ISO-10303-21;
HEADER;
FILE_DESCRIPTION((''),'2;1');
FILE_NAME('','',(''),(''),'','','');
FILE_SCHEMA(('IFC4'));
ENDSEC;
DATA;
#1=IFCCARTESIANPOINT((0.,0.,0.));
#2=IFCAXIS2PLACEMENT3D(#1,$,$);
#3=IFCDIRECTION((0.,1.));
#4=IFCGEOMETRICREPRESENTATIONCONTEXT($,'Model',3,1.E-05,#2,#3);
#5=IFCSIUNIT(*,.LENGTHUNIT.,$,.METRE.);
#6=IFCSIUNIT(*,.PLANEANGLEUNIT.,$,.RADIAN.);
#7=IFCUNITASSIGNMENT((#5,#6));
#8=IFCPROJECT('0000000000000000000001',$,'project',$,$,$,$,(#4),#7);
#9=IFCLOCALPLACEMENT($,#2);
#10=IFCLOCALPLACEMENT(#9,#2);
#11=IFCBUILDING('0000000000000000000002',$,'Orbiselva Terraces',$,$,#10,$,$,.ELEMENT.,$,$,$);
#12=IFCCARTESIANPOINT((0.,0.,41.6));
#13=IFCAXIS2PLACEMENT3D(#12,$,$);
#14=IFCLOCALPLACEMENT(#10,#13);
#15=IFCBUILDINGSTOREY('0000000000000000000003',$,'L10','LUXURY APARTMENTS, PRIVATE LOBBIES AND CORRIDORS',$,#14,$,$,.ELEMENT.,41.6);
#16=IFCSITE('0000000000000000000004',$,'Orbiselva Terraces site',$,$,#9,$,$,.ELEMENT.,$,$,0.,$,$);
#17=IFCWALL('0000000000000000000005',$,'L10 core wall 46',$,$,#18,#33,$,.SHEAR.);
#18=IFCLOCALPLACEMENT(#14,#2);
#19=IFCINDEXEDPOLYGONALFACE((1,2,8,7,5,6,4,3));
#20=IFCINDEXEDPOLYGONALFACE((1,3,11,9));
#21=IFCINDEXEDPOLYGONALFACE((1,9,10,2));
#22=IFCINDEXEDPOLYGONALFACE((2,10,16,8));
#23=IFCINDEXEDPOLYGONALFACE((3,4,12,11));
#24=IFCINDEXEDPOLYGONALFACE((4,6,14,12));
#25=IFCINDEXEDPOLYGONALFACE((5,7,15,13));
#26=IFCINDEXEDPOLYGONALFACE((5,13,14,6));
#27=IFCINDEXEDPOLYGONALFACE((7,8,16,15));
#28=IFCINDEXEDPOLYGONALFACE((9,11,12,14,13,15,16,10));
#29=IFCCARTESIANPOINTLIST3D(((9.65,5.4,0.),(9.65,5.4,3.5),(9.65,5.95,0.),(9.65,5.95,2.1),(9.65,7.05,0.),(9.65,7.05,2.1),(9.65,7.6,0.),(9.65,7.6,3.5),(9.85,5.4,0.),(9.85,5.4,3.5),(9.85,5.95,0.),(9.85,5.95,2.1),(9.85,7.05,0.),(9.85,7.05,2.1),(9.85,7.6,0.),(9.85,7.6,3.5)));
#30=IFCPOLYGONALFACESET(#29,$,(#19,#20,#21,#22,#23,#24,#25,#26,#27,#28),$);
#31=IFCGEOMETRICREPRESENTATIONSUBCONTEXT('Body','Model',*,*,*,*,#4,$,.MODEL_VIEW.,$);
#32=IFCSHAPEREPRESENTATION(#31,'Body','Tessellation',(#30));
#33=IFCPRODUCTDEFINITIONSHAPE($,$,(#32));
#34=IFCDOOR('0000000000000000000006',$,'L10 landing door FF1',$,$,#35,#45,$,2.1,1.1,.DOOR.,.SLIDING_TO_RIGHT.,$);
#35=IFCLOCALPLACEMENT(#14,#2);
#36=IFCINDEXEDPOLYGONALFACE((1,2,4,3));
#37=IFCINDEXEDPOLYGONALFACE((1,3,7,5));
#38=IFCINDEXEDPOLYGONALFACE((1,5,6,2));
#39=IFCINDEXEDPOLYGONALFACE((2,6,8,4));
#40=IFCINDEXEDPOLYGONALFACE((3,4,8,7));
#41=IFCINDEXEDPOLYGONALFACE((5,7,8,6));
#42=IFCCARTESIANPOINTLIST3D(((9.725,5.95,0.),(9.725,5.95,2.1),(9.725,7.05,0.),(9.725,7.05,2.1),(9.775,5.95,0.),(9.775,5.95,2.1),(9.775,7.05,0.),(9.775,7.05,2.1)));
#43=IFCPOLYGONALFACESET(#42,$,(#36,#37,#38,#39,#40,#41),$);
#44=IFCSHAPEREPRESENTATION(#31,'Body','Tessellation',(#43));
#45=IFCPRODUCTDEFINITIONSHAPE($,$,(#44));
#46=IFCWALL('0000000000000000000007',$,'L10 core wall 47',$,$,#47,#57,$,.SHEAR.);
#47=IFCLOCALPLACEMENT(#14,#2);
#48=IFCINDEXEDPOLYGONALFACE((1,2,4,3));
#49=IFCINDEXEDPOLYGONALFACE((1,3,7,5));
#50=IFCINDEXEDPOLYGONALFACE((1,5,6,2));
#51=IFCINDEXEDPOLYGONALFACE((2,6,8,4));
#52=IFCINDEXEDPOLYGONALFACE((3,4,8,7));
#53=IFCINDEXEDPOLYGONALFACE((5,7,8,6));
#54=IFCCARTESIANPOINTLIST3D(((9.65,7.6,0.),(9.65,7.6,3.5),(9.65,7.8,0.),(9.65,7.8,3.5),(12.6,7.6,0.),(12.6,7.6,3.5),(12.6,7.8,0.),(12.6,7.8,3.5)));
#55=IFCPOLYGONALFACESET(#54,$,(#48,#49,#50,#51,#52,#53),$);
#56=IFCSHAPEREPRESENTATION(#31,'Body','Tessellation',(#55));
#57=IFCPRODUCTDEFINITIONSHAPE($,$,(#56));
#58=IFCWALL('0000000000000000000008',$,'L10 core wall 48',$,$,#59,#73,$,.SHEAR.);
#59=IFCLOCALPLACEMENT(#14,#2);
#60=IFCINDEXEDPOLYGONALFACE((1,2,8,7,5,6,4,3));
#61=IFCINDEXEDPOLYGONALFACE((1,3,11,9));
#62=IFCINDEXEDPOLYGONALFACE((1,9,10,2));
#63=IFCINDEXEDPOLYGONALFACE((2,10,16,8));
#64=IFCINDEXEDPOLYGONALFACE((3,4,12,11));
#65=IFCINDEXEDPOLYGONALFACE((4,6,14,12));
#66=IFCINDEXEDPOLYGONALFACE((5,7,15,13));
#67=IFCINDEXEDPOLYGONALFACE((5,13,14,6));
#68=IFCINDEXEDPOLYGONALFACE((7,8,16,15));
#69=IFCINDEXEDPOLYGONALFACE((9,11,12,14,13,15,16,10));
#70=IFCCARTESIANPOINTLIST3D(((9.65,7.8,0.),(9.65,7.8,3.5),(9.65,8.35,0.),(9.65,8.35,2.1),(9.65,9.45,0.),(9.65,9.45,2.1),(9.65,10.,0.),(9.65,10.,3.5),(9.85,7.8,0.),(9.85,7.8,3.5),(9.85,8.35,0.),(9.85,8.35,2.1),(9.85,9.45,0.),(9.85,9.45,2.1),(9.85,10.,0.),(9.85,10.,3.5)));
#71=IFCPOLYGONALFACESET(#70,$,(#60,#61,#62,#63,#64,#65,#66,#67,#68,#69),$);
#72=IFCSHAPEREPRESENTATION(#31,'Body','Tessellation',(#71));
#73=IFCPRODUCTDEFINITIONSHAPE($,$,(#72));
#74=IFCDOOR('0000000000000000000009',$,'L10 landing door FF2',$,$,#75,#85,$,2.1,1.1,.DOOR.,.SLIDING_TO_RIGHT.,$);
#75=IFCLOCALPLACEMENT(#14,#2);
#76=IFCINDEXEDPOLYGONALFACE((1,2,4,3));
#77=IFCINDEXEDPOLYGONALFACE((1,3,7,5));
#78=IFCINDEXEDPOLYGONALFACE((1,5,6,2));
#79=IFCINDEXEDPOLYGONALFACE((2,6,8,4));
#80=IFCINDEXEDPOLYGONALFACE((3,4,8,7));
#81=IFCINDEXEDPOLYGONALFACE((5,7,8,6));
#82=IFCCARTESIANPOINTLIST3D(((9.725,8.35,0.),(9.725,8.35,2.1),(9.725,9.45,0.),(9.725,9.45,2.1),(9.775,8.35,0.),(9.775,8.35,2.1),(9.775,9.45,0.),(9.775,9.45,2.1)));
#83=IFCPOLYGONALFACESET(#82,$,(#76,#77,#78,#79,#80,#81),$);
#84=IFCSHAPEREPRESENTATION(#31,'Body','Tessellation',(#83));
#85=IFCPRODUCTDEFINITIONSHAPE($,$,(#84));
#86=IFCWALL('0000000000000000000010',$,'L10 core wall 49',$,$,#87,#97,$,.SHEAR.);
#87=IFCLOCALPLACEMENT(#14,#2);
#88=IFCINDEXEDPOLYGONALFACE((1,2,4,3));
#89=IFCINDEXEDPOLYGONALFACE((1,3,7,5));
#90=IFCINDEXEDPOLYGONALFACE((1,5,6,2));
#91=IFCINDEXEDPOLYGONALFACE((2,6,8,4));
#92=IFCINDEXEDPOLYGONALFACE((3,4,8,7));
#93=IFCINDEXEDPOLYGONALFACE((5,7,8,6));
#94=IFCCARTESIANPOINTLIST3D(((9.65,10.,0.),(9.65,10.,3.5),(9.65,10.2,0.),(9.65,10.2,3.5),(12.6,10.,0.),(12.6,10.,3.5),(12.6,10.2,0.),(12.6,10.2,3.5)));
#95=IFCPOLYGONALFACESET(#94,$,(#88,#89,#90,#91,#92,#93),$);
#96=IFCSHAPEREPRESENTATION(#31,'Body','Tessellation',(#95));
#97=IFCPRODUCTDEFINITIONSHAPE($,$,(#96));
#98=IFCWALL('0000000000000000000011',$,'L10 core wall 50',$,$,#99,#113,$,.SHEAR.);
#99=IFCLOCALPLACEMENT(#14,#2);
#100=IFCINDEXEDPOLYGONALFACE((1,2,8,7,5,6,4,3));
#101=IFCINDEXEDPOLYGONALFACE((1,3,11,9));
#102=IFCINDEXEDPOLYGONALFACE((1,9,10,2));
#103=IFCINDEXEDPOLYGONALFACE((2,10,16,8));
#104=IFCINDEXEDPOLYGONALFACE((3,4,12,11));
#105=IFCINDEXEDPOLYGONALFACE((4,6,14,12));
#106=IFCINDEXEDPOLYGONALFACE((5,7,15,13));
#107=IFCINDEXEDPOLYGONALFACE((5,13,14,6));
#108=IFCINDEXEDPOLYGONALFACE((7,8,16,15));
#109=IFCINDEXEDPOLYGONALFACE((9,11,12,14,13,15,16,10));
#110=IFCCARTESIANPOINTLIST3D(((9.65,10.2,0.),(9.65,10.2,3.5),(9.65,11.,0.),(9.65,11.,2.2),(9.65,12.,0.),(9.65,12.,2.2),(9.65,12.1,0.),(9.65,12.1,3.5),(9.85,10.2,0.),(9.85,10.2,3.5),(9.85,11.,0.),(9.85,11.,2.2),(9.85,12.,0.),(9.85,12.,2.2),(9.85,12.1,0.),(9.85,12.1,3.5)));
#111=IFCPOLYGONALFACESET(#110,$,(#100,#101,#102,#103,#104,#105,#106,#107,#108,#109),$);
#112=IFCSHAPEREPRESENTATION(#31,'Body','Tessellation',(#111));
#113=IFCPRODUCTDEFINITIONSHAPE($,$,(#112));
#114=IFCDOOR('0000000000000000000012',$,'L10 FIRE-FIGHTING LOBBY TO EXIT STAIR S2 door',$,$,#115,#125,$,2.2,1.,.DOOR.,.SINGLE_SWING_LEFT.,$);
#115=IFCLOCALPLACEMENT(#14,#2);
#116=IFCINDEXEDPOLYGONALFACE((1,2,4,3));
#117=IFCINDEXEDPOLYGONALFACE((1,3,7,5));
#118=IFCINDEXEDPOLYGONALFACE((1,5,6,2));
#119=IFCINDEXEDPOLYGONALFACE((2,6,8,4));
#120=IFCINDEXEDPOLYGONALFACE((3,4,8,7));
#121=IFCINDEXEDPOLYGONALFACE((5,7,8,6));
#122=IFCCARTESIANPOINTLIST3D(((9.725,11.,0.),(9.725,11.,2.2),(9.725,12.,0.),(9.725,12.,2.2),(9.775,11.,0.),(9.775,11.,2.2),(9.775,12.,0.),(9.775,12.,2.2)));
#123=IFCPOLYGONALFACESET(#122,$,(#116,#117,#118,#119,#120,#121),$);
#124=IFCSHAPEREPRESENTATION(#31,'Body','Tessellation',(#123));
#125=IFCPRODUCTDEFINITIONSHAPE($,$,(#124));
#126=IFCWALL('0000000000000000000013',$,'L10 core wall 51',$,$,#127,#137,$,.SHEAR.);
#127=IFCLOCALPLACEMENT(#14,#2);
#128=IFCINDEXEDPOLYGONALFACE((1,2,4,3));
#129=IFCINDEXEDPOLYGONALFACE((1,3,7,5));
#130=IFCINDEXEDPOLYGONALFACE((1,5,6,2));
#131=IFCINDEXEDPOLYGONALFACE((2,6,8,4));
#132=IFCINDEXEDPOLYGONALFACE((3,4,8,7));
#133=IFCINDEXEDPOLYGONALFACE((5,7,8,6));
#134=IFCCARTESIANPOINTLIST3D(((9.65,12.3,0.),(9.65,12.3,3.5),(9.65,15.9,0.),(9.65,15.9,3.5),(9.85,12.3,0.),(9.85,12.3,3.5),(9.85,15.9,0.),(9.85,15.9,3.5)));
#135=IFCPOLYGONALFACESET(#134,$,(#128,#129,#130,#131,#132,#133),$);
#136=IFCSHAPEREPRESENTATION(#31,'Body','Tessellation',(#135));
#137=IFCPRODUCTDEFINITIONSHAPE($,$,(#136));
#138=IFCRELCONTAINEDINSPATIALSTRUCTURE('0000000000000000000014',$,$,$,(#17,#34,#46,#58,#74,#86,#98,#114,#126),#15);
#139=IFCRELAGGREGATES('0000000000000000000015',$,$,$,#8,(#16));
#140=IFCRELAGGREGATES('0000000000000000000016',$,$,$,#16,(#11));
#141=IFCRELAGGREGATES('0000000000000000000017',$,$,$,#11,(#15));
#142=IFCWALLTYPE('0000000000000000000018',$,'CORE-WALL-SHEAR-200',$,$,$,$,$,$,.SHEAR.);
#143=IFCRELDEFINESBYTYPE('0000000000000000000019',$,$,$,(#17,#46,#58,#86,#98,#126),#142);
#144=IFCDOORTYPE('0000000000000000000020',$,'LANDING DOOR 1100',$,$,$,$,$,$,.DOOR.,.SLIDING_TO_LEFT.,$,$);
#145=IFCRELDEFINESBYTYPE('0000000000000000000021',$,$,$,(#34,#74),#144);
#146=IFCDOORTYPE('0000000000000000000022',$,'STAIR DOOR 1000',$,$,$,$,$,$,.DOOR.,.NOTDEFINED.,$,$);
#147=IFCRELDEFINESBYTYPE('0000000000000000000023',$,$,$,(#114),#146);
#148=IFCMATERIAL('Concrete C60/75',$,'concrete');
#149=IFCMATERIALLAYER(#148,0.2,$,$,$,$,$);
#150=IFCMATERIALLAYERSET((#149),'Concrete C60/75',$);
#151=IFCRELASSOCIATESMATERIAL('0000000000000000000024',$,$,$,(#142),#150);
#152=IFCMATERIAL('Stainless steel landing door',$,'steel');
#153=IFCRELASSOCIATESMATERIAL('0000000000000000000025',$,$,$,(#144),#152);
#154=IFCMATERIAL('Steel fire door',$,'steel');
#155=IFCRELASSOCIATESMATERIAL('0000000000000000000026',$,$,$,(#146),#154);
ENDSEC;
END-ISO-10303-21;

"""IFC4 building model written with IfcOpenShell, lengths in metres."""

from ifc_helpers import new_model, si_unit, direction, frame, frame_2d, origin, place, context, subcontext, project, spatial, rectangle, extrude, material, layer, layer_set, type_object, element, fill, save


model = new_model("IFC4")

# Units and contexts
model_context = context("Model", 3, precision=1e-05, world=origin(), true_north=direction((0.0, 1.0)))
body_context = subcontext(model_context, "Body", "Model", "MODEL_VIEW")
ifc_project = project(units=[si_unit("LENGTHUNIT", "METRE"), si_unit("PLANEANGLEUNIT", "RADIAN")], contexts=[model_context])

# Site, building, storey
site_placement = place(None, origin())
site = spatial("IfcSite", under=ifc_project, at=site_placement, Name="Orbiselva Terraces site", CompositionType="ELEMENT", RefElevation=0.0)
building_placement = place(site_placement, origin())
building = spatial("IfcBuilding", under=site, at=building_placement, Name="Orbiselva Terraces", CompositionType="ELEMENT")
storey_placement = place(building_placement, frame((0.0, 0.0, 41.6)))
storey = spatial("IfcBuildingStorey", under=building, at=storey_placement, Name="L10", Description="LUXURY APARTMENTS, PRIVATE LOBBIES AND CORRIDORS", CompositionType="ELEMENT", Elevation=41.6)

# Shared definitions
ifc_material_1 = material(Name="Steel fire door", Category="steel")

# Shared definitions
ifc_material_2 = material(Name="Concrete C60/75", Category="concrete")
ifc_layer_1 = layer(ifc_material_2, 0.2)
ifc_layer_set_1 = layer_set([ifc_layer_1], Name="Concrete C60/75")
wall_type_1 = type_object("IfcWallType", Name="CORE-WALL-SHEAR-200", PredefinedType="SHEAR", material=ifc_layer_set_1)

# Wall, opening, door
wall_1_placement = place(storey_placement, frame((9.75, 5.4, 0.0), z_axis=(0.0, 0.0, 1.0), x_axis=(0.0, 1.0, 0.0)))
wall_1 = element("IfcWall", 1, at=wall_1_placement, inside=storey, type_object=wall_type_1, Name="L10 core wall 46", PredefinedType="SHEAR", context=body_context, shape_type="SweptSolid", body=[
    extrude(rectangle(XDim=2.2, YDim=0.2, at=frame_2d((1.1, 0.0))), origin(), (0.0, 0.0, 1.0), 3.5),
])
opening_1_placement = place(wall_1_placement, frame((0.55, 0.0, 0.0)))
opening_1 = element("IfcOpeningElement", 2, at=opening_1_placement, cuts=wall_1, PredefinedType="OPENING", context=body_context, shape_type="SweptSolid", body=[
    extrude(rectangle(XDim=1.1, YDim=2.1, at=frame_2d((0.55, 1.05))), frame((0.0, 0.11, 0.0), z_axis=(0.0, -1.0, 0.0), x_axis=(1.0, 0.0, 0.0)), (0.0, 0.0, 1.0), 0.22),
])
ifc_material_3 = material(Name="Stainless steel landing door", Category="steel")
door_type_1 = type_object("IfcDoorType", Name="LANDING DOOR 1100", OperationType="SLIDING_TO_LEFT", PredefinedType="DOOR", material=ifc_material_3)
door_1_placement = place(opening_1_placement, origin())
door_1 = element("IfcDoor", 3, at=door_1_placement, inside=storey, type_object=door_type_1, Name="L10 landing door FF1", OperationType="SLIDING_TO_RIGHT", OverallHeight=2.1, OverallWidth=1.1, PredefinedType="DOOR", context=body_context, shape_type="SweptSolid", body=[
    extrude(rectangle(XDim=1.1, YDim=2.1, at=frame_2d((0.55, 1.05))), frame((0.0, 0.025, 0.0), z_axis=(0.0, -1.0, 0.0), x_axis=(1.0, 0.0, 0.0)), (0.0, 0.0, 1.0), 0.05),
])
fill(opening_1, door_1)

# Wall
wall_2_placement = place(storey_placement, frame((9.65, 7.7, 0.0), z_axis=(0.0, 0.0, 1.0), x_axis=(1.0, 0.0, 0.0)))
element("IfcWall", 4, at=wall_2_placement, inside=storey, type_object=wall_type_1, Name="L10 core wall 47", PredefinedType="SHEAR", context=body_context, shape_type="SweptSolid", body=[
    extrude(rectangle(XDim=2.95, YDim=0.2, at=frame_2d((1.475, 0.0))), origin(), (0.0, 0.0, 1.0), 3.5),
])

# Wall, opening, door
wall_3_placement = place(storey_placement, frame((9.75, 7.8, 0.0), z_axis=(0.0, 0.0, 1.0), x_axis=(0.0, 1.0, 0.0)))
wall_3 = element("IfcWall", 5, at=wall_3_placement, inside=storey, type_object=wall_type_1, Name="L10 core wall 48", PredefinedType="SHEAR", context=body_context, shape_type="SweptSolid", body=[
    extrude(rectangle(XDim=2.2, YDim=0.2, at=frame_2d((1.1, 0.0))), origin(), (0.0, 0.0, 1.0), 3.5),
])
opening_2_placement = place(wall_3_placement, frame((0.55, 0.0, 0.0)))
opening_2 = element("IfcOpeningElement", 6, at=opening_2_placement, cuts=wall_3, PredefinedType="OPENING", context=body_context, shape_type="SweptSolid", body=[
    extrude(rectangle(XDim=1.1, YDim=2.1, at=frame_2d((0.55, 1.05))), frame((0.0, 0.11, 0.0), z_axis=(0.0, -1.0, 0.0), x_axis=(1.0, 0.0, 0.0)), (0.0, 0.0, 1.0), 0.22),
])
door_2_placement = place(opening_2_placement, origin())
door_2 = element("IfcDoor", 7, at=door_2_placement, inside=storey, type_object=door_type_1, Name="L10 landing door FF2", OperationType="SLIDING_TO_RIGHT", OverallHeight=2.1, OverallWidth=1.1, PredefinedType="DOOR", context=body_context, shape_type="SweptSolid", body=[
    extrude(rectangle(XDim=1.1, YDim=2.1, at=frame_2d((0.55, 1.05))), frame((0.0, 0.025, 0.0), z_axis=(0.0, -1.0, 0.0), x_axis=(1.0, 0.0, 0.0)), (0.0, 0.0, 1.0), 0.05),
])
fill(opening_2, door_2)

# Wall
wall_4_placement = place(storey_placement, frame((9.65, 10.1, 0.0), z_axis=(0.0, 0.0, 1.0), x_axis=(1.0, 0.0, 0.0)))
element("IfcWall", 8, at=wall_4_placement, inside=storey, type_object=wall_type_1, Name="L10 core wall 49", PredefinedType="SHEAR", context=body_context, shape_type="SweptSolid", body=[
    extrude(rectangle(XDim=2.95, YDim=0.2, at=frame_2d((1.475, 0.0))), origin(), (0.0, 0.0, 1.0), 3.5),
])

# Wall, opening, door
wall_5_placement = place(storey_placement, frame((9.75, 12.1, 0.0), z_axis=(0.0, 0.0, 1.0), x_axis=(0.0, -1.0, 0.0)))
wall_5 = element("IfcWall", 9, at=wall_5_placement, inside=storey, type_object=wall_type_1, Name="L10 core wall 50", PredefinedType="SHEAR", context=body_context, shape_type="SweptSolid", body=[
    extrude(rectangle(XDim=1.9, YDim=0.2, at=frame_2d((0.95, 0.0))), origin(), (0.0, 0.0, 1.0), 3.5),
])
opening_3_placement = place(wall_5_placement, frame((0.1, 0.0, 0.0)))
opening_3 = element("IfcOpeningElement", 10, at=opening_3_placement, cuts=wall_5, PredefinedType="OPENING", context=body_context, shape_type="SweptSolid", body=[
    extrude(rectangle(XDim=1.0, YDim=2.2, at=frame_2d((0.5, 1.1))), frame((0.0, 0.11, 0.0), z_axis=(0.0, -1.0, 0.0), x_axis=(1.0, 0.0, 0.0)), (0.0, 0.0, 1.0), 0.22),
])
door_type_2 = type_object("IfcDoorType", Name="STAIR DOOR 1000", OperationType="NOTDEFINED", PredefinedType="DOOR", material=ifc_material_1)
door_3_placement = place(opening_3_placement, origin())
door_3 = element("IfcDoor", 11, at=door_3_placement, inside=storey, type_object=door_type_2, Name="L10 FIRE-FIGHTING LOBBY TO EXIT STAIR S2 door", OperationType="SINGLE_SWING_LEFT", OverallHeight=2.2, OverallWidth=1.0, PredefinedType="DOOR", context=body_context, shape_type="SweptSolid", body=[
    extrude(rectangle(XDim=1.0, YDim=2.2, at=frame_2d((0.5, 1.1))), frame((0.0, 0.025, 0.0), z_axis=(0.0, -1.0, 0.0), x_axis=(1.0, 0.0, 0.0)), (0.0, 0.0, 1.0), 0.05),
])
fill(opening_3, door_3)

# Wall
wall_6_placement = place(storey_placement, frame((9.75, 12.3, 0.0), z_axis=(0.0, 0.0, 1.0), x_axis=(0.0, 1.0, 0.0)))
element("IfcWall", 12, at=wall_6_placement, inside=storey, type_object=wall_type_1, Name="L10 core wall 51", PredefinedType="SHEAR", context=body_context, shape_type="SweptSolid", body=[
    extrude(rectangle(XDim=3.6, YDim=0.2, at=frame_2d((1.8, 0.0))), origin(), (0.0, 0.0, 1.0), 3.5),
])

save(model, "model.ifc")
